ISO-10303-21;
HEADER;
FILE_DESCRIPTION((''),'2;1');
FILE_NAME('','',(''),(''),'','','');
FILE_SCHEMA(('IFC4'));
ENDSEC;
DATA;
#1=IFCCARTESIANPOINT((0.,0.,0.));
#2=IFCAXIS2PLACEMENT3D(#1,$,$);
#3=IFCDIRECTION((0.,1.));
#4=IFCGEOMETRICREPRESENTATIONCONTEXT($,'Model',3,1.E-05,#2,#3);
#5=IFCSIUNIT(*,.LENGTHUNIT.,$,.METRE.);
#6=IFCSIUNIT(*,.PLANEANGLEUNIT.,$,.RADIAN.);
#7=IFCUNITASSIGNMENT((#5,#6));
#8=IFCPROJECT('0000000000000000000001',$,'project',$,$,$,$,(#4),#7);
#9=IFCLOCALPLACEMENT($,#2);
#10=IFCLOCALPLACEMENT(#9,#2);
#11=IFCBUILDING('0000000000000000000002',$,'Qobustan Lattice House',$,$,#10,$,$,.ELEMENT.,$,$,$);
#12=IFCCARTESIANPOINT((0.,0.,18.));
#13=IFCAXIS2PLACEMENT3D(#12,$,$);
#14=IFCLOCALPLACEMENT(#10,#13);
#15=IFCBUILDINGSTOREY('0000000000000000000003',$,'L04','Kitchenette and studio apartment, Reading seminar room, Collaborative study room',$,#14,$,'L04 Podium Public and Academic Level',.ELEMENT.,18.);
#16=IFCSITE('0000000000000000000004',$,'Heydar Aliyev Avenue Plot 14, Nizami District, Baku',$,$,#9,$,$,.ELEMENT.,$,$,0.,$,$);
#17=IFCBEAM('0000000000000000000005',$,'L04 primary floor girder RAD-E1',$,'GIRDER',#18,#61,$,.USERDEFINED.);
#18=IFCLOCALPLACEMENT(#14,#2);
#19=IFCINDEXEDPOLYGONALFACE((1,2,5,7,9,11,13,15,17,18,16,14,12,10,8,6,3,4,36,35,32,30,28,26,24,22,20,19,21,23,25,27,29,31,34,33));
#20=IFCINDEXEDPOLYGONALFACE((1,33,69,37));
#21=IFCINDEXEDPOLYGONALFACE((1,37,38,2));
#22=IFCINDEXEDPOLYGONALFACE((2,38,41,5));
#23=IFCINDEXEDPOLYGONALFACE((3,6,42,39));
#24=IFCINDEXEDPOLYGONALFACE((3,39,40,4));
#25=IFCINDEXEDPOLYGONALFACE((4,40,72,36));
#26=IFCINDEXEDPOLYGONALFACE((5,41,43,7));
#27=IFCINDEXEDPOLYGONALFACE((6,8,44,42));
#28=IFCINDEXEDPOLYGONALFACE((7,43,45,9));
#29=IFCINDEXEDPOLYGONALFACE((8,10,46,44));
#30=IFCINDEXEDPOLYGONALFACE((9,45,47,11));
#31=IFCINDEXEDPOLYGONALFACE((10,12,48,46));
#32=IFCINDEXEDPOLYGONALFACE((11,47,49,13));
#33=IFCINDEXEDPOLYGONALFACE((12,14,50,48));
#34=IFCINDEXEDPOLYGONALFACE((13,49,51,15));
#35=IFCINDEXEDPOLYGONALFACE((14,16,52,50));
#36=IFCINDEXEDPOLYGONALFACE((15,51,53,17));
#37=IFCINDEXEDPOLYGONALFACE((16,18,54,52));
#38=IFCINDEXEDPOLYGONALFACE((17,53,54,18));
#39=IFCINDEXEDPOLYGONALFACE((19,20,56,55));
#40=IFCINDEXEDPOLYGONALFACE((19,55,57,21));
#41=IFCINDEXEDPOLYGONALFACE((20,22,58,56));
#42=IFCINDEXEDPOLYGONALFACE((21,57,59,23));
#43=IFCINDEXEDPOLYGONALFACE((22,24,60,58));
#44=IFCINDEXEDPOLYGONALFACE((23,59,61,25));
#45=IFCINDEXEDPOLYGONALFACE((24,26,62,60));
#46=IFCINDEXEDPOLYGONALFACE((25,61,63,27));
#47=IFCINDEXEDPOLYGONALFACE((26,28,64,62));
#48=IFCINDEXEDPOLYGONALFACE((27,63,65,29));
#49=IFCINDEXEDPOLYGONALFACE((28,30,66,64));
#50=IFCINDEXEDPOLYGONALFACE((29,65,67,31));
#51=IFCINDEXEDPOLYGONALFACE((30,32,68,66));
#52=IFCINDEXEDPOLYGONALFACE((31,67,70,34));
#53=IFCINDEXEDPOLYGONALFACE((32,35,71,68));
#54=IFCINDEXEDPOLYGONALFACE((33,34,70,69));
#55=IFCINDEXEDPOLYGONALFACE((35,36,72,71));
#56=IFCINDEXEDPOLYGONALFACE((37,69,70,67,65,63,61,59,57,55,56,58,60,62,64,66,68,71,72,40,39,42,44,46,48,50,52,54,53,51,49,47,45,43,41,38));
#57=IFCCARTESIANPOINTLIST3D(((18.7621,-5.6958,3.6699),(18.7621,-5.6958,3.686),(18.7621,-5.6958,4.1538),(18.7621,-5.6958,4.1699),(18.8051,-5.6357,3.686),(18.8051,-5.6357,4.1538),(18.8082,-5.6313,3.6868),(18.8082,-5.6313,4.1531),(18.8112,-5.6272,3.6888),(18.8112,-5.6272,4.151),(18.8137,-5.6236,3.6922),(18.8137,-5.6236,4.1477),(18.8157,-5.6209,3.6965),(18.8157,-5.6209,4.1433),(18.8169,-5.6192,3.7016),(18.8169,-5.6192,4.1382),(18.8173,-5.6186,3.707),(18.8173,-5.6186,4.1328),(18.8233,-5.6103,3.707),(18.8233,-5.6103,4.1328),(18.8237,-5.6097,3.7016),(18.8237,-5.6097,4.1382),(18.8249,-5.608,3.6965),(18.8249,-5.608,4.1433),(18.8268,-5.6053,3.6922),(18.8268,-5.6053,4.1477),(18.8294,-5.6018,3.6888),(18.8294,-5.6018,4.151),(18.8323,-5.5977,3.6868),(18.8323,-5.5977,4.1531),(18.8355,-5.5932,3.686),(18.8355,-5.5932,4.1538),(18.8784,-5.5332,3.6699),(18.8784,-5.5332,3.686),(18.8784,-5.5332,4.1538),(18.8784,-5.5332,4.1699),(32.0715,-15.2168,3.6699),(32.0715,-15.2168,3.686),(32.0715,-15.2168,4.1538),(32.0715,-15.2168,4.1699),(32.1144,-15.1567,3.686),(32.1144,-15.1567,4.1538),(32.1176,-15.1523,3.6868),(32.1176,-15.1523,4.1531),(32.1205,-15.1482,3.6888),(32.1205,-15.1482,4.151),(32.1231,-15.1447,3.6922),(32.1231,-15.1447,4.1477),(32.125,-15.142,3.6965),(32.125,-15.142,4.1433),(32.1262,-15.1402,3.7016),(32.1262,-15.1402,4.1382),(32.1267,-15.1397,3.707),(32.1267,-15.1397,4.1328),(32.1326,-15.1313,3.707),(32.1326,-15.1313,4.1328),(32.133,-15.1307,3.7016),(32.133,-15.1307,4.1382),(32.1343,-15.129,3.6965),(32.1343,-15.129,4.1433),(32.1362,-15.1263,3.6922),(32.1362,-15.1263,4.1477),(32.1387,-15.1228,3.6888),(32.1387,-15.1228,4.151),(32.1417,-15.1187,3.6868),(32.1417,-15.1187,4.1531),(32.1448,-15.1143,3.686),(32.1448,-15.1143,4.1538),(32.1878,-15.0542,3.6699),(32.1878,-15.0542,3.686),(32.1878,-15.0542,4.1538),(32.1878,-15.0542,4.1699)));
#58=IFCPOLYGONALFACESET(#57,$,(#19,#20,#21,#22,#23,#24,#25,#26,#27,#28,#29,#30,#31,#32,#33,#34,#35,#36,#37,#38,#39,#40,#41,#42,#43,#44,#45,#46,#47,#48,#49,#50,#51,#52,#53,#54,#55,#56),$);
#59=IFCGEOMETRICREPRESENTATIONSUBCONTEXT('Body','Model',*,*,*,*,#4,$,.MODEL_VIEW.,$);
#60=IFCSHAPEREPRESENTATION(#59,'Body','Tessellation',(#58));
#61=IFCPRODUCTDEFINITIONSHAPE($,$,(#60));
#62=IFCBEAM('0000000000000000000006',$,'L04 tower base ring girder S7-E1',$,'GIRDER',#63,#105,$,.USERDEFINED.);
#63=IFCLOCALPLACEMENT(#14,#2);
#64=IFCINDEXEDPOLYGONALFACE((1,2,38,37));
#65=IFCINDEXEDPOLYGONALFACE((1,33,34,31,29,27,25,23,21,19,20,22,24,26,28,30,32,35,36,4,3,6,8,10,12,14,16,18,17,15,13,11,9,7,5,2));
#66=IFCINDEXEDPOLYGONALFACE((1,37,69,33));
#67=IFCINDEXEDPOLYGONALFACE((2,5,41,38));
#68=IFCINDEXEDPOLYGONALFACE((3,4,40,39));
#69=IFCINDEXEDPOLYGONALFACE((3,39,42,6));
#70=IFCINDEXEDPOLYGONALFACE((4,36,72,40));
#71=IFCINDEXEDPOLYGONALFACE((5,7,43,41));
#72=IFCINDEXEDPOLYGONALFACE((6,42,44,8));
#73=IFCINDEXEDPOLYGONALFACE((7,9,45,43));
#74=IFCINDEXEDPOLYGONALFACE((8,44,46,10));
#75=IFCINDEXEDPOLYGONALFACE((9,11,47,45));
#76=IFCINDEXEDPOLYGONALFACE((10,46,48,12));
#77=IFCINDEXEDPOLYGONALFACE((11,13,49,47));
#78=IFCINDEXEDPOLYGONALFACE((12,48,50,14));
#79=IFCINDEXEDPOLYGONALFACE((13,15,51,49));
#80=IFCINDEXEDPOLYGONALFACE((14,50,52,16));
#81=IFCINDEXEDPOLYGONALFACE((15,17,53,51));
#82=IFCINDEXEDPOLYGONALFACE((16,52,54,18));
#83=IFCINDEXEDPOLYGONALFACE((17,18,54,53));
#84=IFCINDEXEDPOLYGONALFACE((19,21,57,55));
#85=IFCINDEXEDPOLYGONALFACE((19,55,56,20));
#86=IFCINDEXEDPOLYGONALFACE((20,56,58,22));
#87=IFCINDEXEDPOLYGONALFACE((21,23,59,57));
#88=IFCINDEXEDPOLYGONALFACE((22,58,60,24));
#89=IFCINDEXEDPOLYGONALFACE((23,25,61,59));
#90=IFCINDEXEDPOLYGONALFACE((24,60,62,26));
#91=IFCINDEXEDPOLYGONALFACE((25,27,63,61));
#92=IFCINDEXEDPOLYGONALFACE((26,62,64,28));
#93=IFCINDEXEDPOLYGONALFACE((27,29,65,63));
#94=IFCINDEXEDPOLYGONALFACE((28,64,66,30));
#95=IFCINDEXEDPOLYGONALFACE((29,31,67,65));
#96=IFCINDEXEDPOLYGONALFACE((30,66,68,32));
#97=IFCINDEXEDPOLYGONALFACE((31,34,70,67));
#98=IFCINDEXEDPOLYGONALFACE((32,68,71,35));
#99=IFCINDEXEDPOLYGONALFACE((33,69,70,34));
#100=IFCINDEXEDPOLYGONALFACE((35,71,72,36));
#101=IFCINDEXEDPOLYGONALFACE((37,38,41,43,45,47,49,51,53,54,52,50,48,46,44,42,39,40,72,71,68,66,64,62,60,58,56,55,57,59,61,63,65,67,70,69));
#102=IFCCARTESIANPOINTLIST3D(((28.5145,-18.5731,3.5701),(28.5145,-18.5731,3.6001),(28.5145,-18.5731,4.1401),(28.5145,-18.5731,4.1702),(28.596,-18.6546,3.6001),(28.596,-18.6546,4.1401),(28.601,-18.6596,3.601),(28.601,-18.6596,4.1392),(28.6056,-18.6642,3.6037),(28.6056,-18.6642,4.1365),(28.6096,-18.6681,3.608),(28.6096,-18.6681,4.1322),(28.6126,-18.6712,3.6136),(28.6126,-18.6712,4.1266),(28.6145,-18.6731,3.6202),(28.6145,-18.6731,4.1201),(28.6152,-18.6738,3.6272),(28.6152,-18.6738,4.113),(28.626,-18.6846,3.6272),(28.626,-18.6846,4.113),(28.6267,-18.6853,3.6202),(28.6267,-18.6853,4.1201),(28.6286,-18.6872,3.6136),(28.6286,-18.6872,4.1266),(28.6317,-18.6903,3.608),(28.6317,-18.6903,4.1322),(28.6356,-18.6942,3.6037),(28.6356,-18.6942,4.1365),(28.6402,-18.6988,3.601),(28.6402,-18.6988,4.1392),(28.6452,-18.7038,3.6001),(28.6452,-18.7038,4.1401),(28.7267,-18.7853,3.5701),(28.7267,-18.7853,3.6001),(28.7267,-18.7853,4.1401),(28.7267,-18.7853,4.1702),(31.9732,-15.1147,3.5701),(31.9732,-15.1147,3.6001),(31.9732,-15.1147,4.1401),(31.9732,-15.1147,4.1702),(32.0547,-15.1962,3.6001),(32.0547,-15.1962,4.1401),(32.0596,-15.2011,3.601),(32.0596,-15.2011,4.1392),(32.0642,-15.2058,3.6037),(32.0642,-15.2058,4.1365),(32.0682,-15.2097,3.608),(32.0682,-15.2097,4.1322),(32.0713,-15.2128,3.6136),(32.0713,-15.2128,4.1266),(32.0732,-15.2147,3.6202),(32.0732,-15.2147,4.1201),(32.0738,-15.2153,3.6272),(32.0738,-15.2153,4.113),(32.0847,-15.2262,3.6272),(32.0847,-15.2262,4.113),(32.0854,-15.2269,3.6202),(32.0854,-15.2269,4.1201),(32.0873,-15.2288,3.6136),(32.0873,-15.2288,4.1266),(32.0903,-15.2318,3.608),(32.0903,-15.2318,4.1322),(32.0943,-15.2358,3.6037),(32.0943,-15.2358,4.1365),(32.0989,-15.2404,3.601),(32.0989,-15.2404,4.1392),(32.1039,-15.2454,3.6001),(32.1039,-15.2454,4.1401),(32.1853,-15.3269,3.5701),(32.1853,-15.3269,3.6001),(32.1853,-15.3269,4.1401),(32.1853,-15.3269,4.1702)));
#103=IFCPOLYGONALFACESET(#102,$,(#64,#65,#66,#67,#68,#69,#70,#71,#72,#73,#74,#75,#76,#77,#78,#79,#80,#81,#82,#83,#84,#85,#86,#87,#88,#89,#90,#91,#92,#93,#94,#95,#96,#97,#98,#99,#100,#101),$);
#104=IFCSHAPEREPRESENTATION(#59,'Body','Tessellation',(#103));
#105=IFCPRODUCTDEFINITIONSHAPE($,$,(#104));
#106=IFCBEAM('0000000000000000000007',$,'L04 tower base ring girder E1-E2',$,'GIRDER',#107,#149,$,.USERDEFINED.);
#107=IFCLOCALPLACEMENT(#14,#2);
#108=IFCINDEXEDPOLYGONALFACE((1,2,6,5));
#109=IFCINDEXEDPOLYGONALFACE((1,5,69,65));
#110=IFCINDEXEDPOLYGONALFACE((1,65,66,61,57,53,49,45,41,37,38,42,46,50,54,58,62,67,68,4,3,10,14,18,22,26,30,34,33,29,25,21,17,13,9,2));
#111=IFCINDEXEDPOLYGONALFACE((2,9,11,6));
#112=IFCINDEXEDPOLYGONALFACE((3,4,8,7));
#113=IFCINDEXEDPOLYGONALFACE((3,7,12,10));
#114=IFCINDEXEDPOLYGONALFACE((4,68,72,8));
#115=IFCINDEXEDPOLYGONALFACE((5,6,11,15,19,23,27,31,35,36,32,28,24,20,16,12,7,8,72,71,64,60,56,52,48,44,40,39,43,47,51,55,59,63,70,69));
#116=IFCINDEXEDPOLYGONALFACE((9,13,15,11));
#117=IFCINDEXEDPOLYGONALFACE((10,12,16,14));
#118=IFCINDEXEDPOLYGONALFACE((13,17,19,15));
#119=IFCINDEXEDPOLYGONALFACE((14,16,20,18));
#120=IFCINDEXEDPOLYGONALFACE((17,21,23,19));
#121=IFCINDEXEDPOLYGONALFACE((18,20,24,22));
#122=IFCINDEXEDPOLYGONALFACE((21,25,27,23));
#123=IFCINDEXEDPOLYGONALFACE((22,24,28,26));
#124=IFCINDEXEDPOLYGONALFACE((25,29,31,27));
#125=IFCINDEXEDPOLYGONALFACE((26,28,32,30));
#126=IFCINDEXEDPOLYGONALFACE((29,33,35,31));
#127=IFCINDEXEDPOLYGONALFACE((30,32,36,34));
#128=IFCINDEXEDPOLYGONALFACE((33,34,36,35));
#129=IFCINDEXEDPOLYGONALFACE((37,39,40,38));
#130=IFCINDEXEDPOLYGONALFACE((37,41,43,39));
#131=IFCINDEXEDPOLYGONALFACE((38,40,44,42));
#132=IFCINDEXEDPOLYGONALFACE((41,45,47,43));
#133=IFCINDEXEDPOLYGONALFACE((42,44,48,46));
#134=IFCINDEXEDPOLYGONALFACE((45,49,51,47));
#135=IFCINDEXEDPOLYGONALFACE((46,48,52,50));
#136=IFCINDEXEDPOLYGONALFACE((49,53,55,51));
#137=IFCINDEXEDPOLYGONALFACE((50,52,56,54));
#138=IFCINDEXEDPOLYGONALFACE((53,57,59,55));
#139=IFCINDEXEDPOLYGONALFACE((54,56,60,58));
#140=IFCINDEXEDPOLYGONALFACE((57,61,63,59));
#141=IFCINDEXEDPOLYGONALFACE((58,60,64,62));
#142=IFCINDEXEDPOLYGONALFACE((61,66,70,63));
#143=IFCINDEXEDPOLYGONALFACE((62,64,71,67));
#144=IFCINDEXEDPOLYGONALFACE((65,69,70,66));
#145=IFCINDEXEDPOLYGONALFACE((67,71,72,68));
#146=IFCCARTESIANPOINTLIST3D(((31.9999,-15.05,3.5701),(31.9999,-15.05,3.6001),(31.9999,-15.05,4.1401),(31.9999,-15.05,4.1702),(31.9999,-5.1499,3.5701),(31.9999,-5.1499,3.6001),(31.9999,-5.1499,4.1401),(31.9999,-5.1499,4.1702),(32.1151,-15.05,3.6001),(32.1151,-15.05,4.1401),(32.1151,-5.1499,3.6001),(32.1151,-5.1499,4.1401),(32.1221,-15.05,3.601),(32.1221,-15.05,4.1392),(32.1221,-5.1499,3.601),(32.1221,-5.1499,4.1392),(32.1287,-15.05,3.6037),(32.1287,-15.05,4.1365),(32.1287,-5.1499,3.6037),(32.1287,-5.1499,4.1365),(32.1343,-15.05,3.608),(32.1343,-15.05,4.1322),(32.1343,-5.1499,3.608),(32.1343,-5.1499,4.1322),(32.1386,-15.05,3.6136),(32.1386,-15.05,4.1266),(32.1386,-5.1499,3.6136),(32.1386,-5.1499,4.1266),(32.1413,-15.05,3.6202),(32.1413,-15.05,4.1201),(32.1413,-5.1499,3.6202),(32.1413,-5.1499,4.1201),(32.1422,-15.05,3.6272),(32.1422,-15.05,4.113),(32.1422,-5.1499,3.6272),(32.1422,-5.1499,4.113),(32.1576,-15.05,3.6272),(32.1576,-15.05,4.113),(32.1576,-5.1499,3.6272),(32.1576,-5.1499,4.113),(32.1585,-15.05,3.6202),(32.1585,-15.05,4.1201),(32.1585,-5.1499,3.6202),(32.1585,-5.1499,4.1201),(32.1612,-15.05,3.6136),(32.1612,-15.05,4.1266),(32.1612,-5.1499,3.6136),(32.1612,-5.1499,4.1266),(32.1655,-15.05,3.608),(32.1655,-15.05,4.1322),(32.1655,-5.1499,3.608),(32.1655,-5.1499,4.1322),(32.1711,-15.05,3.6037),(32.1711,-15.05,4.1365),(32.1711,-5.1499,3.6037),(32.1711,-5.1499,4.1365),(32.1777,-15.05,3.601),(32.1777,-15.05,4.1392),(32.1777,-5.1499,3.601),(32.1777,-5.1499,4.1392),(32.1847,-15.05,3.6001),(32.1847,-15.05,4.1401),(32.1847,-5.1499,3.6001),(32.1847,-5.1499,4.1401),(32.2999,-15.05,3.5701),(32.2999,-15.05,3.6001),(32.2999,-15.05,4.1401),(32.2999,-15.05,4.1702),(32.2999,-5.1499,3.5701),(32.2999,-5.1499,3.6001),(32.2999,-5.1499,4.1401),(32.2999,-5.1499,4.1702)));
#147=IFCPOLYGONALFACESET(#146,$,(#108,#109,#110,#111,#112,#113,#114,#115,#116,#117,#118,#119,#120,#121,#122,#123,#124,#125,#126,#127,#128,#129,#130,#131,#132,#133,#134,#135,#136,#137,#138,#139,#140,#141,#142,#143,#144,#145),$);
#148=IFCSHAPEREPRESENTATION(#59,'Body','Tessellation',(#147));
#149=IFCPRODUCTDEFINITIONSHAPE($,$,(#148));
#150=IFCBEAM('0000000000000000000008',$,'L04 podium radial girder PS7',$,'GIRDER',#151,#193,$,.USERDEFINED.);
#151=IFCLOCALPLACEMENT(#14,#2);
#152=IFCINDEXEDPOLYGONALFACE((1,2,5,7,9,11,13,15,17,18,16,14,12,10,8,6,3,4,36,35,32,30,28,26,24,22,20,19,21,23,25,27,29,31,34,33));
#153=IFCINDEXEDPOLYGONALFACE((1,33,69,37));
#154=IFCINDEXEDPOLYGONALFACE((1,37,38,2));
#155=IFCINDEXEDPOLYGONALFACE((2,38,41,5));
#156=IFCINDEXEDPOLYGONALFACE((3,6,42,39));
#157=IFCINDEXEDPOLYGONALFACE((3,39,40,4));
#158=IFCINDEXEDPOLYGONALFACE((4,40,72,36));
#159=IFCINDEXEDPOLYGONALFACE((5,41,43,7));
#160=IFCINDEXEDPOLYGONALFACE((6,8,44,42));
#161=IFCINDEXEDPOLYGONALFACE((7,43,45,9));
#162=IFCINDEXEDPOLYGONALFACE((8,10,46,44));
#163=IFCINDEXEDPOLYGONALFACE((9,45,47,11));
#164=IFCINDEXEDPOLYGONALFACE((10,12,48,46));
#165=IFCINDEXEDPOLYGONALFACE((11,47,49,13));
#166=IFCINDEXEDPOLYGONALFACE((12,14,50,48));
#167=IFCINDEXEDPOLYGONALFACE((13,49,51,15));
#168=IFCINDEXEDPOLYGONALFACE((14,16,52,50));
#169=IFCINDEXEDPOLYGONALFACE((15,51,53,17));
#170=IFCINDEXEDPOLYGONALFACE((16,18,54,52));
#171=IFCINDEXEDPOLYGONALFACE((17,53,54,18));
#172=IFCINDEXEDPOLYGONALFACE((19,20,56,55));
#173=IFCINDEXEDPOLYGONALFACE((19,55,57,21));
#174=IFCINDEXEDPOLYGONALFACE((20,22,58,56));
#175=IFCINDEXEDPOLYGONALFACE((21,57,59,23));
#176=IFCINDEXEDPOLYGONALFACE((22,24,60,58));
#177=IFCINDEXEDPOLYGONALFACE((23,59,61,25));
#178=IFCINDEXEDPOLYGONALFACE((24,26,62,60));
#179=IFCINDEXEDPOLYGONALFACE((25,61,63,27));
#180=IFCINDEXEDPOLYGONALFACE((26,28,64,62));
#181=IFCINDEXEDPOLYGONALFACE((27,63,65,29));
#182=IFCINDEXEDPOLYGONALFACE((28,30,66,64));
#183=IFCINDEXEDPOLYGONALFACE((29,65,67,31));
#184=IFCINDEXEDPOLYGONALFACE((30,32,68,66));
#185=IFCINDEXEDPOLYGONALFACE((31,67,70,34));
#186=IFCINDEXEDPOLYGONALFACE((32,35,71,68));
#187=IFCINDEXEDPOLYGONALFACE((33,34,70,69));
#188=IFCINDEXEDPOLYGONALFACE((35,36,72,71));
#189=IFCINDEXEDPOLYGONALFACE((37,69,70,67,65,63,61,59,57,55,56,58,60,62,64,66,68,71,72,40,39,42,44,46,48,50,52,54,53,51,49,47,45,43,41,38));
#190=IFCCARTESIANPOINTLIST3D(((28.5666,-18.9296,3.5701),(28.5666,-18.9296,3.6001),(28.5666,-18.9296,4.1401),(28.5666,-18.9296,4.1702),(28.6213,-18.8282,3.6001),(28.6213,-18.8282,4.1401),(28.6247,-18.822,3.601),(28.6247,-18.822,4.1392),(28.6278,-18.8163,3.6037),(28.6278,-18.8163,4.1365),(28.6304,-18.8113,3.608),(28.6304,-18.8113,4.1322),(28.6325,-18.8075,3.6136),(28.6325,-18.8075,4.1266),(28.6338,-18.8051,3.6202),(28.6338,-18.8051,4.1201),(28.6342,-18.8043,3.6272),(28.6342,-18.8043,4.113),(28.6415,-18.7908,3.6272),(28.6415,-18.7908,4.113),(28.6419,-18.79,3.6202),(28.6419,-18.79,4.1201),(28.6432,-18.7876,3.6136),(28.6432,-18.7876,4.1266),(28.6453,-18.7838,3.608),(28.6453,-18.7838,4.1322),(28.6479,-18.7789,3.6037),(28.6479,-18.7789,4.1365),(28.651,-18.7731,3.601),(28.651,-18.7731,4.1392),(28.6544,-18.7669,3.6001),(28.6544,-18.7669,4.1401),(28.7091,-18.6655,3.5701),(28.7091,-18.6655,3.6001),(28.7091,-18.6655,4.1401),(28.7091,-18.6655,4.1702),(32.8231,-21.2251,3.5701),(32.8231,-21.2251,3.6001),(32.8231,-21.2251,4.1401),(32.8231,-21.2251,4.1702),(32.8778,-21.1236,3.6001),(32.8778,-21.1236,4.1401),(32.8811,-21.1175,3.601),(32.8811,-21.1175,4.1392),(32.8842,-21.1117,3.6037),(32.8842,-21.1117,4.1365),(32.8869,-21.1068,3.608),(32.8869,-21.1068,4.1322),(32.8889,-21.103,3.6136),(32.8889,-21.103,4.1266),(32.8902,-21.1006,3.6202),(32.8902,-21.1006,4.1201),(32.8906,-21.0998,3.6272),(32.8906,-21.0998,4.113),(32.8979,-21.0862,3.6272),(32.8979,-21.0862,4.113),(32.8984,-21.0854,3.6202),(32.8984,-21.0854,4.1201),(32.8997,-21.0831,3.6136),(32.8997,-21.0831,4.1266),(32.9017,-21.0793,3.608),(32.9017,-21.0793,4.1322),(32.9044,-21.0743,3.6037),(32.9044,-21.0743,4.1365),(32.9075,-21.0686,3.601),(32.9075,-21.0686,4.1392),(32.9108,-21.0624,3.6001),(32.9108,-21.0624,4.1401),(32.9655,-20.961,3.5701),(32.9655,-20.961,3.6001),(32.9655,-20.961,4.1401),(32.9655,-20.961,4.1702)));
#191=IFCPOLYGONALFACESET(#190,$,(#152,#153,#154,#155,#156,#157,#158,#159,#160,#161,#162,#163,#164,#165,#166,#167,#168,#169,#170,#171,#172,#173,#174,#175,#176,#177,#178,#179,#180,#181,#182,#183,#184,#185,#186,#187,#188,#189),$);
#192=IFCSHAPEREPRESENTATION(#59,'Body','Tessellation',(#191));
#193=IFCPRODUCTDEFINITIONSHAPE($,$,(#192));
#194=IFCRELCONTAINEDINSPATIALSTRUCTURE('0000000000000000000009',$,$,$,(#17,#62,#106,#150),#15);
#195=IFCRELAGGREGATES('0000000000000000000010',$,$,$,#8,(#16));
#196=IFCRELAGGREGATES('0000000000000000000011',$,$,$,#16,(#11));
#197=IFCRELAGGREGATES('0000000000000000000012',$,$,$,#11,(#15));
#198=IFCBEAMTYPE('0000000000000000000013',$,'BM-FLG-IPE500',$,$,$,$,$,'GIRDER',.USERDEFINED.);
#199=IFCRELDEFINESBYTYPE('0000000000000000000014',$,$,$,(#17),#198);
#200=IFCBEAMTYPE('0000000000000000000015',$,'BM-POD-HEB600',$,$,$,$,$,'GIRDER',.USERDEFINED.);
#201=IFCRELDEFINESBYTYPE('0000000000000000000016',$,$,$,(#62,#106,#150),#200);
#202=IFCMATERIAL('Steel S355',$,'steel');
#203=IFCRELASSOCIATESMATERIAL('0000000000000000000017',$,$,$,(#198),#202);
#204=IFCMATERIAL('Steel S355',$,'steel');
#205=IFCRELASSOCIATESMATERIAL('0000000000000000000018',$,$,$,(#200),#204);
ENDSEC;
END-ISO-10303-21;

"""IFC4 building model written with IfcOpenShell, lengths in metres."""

from ifc_helpers import new_model, si_unit, direction, frame, origin, origin_2d, place, context, subcontext, project, spatial, i_section, extrude, material, material_profile, profile_set, type_object, element, save


model = new_model("IFC4")

# Units and contexts
model_context = context("Model", 3, precision=1e-05, world=origin(), true_north=direction((0.0, 1.0)))
body_context = subcontext(model_context, "Body", "Model", "MODEL_VIEW")
ifc_project = project(units=[si_unit("LENGTHUNIT", "METRE"), si_unit("PLANEANGLEUNIT", "RADIAN")], contexts=[model_context])

# Site, building, storey
site_placement = place(None, origin())
site = spatial("IfcSite", under=ifc_project, at=site_placement, Name="Heydar Aliyev Avenue Plot 14, Nizami District, Baku", CompositionType="ELEMENT", RefElevation=0.0)
building_placement = place(site_placement, origin())
building = spatial("IfcBuilding", under=site, at=building_placement, Name="Qobustan Lattice House", CompositionType="ELEMENT")
storey_placement = place(building_placement, frame((0.0, 0.0, 18.0)))
storey = spatial("IfcBuildingStorey", under=building, at=storey_placement, Name="L04", Description="Kitchenette and studio apartment, Reading seminar room, Collaborative study room", LongName="L04 Podium Public and Academic Level", CompositionType="ELEMENT", Elevation=18.0)

# Beams
ifc_material_1 = material(Name="Steel S355", Category="steel")
ifc_material_profile_1 = material_profile(ifc_material_1, i_section(OverallWidth=0.2, OverallDepth=0.5, WebThickness=0.0103, FlangeThickness=0.0161, FilletRadius=0.021, at=origin_2d()), Name="IPE500")
ifc_profile_set_1 = profile_set([ifc_material_profile_1], Name="Steel S355")
beam_type_1 = type_object("IfcBeamType", Name="BM-FLG-IPE500", ElementType="GIRDER", PredefinedType="USERDEFINED", material=ifc_profile_set_1)
beam_1_placement = place(storey_placement, frame((32.1296, -15.1355, 3.9199), z_axis=(-0.813319, 0.581818, 0.0), x_axis=(-0.581818, -0.813319, 0.0)))
element("IfcBeam", 1, at=beam_1_placement, inside=storey, type_object=beam_type_1, Name="L04 primary floor girder RAD-E1", ObjectType="GIRDER", PredefinedType="USERDEFINED", context=body_context, shape_type="SweptSolid", body=[
    extrude(i_section(OverallWidth=0.2, OverallDepth=0.5, WebThickness=0.0103, FlangeThickness=0.0161, FilletRadius=0.021, at=origin_2d()), origin(), (0.0, 0.0, 1.0), 16.3643),
])
ifc_material_2 = material(Name="Steel S355", Category="steel")
ifc_material_profile_2 = material_profile(ifc_material_2, i_section(OverallWidth=0.3, OverallDepth=0.6001, WebThickness=0.0154, FlangeThickness=0.03, FilletRadius=0.0271, at=origin_2d()), Name="HEB600")
ifc_profile_set_2 = profile_set([ifc_material_profile_2], Name="Steel S355")
beam_type_2 = type_object("IfcBeamType", Name="BM-POD-HEB600", ElementType="GIRDER", PredefinedType="USERDEFINED", material=ifc_profile_set_2)
beam_2_placement = place(storey_placement, frame((28.6206, -18.6792, 3.8701), z_axis=(0.707132, 0.707082, 0.0), x_axis=(-0.707082, 0.707132, 0.0)))
element("IfcBeam", 2, at=beam_2_placement, inside=storey, type_object=beam_type_2, Name="L04 tower base ring girder S7-E1", ObjectType="GIRDER", PredefinedType="USERDEFINED", context=body_context, shape_type="SweptSolid", body=[
    extrude(i_section(OverallWidth=0.3, OverallDepth=0.6001, WebThickness=0.0154, FlangeThickness=0.03, FilletRadius=0.0271, at=origin_2d()), origin(), (0.0, 0.0, 1.0), 4.8911),
])
beam_3_placement = place(storey_placement, frame((32.1499, -15.05, 3.8701), z_axis=(0.0, 1.0, 0.0), x_axis=(-1.0, 0.0, 0.0)))
element("IfcBeam", 3, at=beam_3_placement, inside=storey, type_object=beam_type_2, Name="L04 tower base ring girder E1-E2", ObjectType="GIRDER", PredefinedType="USERDEFINED", context=body_context, shape_type="SweptSolid", body=[
    extrude(i_section(OverallWidth=0.3, OverallDepth=0.6001, WebThickness=0.0154, FlangeThickness=0.03, FilletRadius=0.0271, at=origin_2d()), origin(), (0.0, 0.0, 1.0), 9.9001),
])
beam_4_placement = place(storey_placement, frame((32.8943, -21.093, 3.8701), z_axis=(-0.880166, 0.474666, 0.0), x_axis=(-0.474666, -0.880166, 0.0)))
element("IfcBeam", 4, at=beam_4_placement, inside=storey, type_object=beam_type_2, Name="L04 podium radial girder PS7", ObjectType="GIRDER", PredefinedType="USERDEFINED", context=body_context, shape_type="SweptSolid", body=[
    extrude(i_section(OverallWidth=0.3, OverallDepth=0.6001, WebThickness=0.0154, FlangeThickness=0.03, FilletRadius=0.0271, at=origin_2d()), origin(), (0.0, 0.0, 1.0), 4.8359),
])

save(model, "model.ifc")
